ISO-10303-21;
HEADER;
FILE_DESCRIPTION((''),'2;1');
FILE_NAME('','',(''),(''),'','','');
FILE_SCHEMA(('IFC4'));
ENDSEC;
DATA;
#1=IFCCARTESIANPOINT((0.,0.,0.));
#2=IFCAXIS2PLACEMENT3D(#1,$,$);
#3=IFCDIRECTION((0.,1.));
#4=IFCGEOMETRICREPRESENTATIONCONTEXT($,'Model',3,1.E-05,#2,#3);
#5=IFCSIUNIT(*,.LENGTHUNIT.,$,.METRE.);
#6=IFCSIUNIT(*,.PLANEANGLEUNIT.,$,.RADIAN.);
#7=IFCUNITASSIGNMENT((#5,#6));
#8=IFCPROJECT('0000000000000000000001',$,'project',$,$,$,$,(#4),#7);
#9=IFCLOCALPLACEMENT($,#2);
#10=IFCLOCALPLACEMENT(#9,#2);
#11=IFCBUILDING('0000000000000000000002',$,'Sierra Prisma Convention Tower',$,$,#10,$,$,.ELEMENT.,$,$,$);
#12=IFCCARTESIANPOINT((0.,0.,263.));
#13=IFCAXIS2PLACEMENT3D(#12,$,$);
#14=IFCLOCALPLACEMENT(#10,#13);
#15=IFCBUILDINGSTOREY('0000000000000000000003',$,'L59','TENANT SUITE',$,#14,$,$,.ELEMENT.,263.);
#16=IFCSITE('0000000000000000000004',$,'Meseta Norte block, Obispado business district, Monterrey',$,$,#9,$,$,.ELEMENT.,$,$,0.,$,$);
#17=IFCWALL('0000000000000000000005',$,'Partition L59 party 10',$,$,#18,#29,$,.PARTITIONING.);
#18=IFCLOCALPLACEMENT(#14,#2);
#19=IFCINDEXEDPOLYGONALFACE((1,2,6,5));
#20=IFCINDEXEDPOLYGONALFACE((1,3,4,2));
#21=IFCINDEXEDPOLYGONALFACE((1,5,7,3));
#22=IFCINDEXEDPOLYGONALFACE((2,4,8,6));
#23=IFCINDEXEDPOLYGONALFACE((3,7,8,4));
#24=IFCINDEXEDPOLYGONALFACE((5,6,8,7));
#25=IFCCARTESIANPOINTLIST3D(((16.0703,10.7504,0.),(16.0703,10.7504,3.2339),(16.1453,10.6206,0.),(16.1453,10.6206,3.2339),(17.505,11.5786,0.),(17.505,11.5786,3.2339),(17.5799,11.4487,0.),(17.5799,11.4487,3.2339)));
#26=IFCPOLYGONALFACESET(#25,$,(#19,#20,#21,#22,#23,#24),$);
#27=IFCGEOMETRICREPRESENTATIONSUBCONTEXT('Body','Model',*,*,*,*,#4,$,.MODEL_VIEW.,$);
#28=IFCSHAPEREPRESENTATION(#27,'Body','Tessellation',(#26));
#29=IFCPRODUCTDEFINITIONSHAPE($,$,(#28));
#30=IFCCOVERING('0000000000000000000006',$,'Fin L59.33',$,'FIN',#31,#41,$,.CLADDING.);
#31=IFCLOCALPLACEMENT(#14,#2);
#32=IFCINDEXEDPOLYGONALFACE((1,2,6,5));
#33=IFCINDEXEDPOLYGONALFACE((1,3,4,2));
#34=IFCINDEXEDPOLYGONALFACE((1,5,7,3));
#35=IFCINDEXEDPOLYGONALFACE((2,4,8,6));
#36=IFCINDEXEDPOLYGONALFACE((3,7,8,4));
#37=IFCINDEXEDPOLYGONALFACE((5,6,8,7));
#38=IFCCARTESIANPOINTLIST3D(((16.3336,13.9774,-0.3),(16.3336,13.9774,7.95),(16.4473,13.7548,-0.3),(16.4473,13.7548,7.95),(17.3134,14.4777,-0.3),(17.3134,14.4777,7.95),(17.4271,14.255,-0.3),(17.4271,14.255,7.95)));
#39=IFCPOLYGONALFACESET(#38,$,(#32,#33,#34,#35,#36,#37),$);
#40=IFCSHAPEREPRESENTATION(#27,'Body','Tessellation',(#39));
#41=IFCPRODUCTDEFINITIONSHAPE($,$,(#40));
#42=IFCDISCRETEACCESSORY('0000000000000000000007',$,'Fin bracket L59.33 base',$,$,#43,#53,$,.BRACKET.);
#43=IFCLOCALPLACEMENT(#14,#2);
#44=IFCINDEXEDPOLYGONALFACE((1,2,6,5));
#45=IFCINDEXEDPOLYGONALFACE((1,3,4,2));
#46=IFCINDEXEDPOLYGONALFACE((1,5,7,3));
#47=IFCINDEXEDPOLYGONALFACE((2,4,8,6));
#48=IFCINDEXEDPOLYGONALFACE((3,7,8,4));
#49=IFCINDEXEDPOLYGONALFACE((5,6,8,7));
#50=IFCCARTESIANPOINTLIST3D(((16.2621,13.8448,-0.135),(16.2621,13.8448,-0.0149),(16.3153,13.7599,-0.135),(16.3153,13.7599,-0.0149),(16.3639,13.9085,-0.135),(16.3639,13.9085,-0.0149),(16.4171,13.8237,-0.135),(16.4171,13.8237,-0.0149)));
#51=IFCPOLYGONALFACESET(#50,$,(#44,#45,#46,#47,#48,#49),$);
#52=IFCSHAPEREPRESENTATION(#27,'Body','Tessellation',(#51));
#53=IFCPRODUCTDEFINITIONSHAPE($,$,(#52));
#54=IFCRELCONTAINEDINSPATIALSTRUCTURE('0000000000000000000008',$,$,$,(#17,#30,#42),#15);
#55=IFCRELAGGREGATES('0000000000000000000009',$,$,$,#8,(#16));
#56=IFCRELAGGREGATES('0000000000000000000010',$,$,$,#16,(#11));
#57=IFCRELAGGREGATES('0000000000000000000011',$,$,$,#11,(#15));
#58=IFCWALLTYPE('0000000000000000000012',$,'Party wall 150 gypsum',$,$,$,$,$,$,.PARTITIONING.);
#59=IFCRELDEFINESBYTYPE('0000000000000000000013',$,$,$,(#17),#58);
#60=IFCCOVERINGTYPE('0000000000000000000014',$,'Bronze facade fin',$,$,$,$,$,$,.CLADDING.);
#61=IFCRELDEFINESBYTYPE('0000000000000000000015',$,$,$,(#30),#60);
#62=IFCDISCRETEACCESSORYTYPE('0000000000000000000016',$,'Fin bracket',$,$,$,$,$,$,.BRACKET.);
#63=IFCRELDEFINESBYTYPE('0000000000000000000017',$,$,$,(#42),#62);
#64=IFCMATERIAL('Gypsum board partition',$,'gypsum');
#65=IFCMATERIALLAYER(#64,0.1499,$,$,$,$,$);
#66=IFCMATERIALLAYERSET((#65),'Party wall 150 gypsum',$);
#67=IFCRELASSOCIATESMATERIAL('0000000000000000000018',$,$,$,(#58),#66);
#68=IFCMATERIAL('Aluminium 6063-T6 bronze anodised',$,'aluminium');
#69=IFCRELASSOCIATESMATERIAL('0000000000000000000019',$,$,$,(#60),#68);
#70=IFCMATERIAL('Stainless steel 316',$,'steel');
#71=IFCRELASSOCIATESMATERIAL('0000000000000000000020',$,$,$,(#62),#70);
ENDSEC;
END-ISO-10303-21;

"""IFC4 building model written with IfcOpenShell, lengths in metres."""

from ifc_helpers import new_model, si_unit, direction, frame, frame_2d, origin, origin_2d, place, context, subcontext, project, spatial, rectangle, extrude, material, layer, layer_set, material_profile, profile_set, type_object, element, save


model = new_model("IFC4")

# Units and contexts
model_context = context("Model", 3, precision=1e-05, world=origin(), true_north=direction((0.0, 1.0)))
body_context = subcontext(model_context, "Body", "Model", "MODEL_VIEW")
ifc_project = project(units=[si_unit("LENGTHUNIT", "METRE"), si_unit("PLANEANGLEUNIT", "RADIAN")], contexts=[model_context])

# Site, building, storey
site_placement = place(None, origin())
site = spatial("IfcSite", under=ifc_project, at=site_placement, Name="Meseta Norte block, Obispado business district, Monterrey", CompositionType="ELEMENT", RefElevation=0.0)
building_placement = place(site_placement, origin())
building = spatial("IfcBuilding", under=site, at=building_placement, Name="Sierra Prisma Convention Tower", CompositionType="ELEMENT")
storey_placement = place(building_placement, frame((0.0, 0.0, 263.0)))
storey = spatial("IfcBuildingStorey", under=building, at=storey_placement, Name="L59", Description="TENANT SUITE", CompositionType="ELEMENT", Elevation=263.0)

# Wall
ifc_material_1 = material(Name="Gypsum board partition", Category="gypsum")
ifc_layer_1 = layer(ifc_material_1, 0.1499)
ifc_layer_set_1 = layer_set([ifc_layer_1], Name="Party wall 150 gypsum")
wall_type_1 = type_object("IfcWallType", Name="Party wall 150 gypsum", PredefinedType="PARTITIONING", material=ifc_layer_set_1)
wall_1_placement = place(storey_placement, frame((16.1079, 10.6855, 0.0), z_axis=(0.0, 0.0, 1.0), x_axis=(0.866058, 0.499944, 0.0)))
element("IfcWall", 1, at=wall_1_placement, inside=storey, type_object=wall_type_1, Name="Partition L59 party 10", PredefinedType="PARTITIONING", context=body_context, shape_type="SweptSolid", body=[
    extrude(rectangle(XDim=1.6565, YDim=0.1499, at=frame_2d((0.8281, 0.0))), origin(), (0.0, 0.0, 1.0), 3.2339),
])

# Covering
ifc_material_2 = material(Name="Aluminium 6063-T6 bronze anodised", Category="aluminium")
ifc_material_profile_1 = material_profile(ifc_material_2, rectangle(XDim=1.1001, YDim=0.25, at=origin_2d()), Name="ALU FIN 1100x250")
ifc_profile_set_1 = profile_set([ifc_material_profile_1], Name="Aluminium 6063-T6 bronze anodised")
covering_type = type_object("IfcCoveringType", Name="Bronze facade fin", PredefinedType="CLADDING", material=ifc_profile_set_1)
covering_placement = place(storey_placement, frame((16.8804, 14.1162, -0.3), z_axis=(0.0, 0.0, 1.0), x_axis=(0.890624, 0.454741, 0.0)))
element("IfcCovering", 2, at=covering_placement, inside=storey, type_object=covering_type, Name="Fin L59.33", ObjectType="FIN", PredefinedType="CLADDING", context=body_context, shape_type="SweptSolid", body=[
    extrude(rectangle(XDim=1.1001, YDim=0.25, at=origin_2d()), origin(), (0.0, 0.0, 1.0), 8.25),
])

# Discrete accessory
ifc_material_3 = material(Name="Stainless steel 316", Category="steel")
discrete_accessory_type = type_object("IfcDiscreteAccessoryType", Name="Fin bracket", PredefinedType="BRACKET", material=ifc_material_3)
discrete_accessory_placement = place(storey_placement, frame((16.3396, 13.8342, -0.135), z_axis=(0.0, 0.0, 1.0), x_axis=(0.847601, 0.530634, 0.0)))
element("IfcDiscreteAccessory", 3, at=discrete_accessory_placement, inside=storey, type_object=discrete_accessory_type, Name="Fin bracket L59.33 base", PredefinedType="BRACKET", context=body_context, shape_type="SweptSolid", body=[
    extrude(rectangle(XDim=0.1201, YDim=0.1001, at=origin_2d()), origin(), (0.0, 0.0, 1.0), 0.1201),
])

save(model, "model.ifc")
